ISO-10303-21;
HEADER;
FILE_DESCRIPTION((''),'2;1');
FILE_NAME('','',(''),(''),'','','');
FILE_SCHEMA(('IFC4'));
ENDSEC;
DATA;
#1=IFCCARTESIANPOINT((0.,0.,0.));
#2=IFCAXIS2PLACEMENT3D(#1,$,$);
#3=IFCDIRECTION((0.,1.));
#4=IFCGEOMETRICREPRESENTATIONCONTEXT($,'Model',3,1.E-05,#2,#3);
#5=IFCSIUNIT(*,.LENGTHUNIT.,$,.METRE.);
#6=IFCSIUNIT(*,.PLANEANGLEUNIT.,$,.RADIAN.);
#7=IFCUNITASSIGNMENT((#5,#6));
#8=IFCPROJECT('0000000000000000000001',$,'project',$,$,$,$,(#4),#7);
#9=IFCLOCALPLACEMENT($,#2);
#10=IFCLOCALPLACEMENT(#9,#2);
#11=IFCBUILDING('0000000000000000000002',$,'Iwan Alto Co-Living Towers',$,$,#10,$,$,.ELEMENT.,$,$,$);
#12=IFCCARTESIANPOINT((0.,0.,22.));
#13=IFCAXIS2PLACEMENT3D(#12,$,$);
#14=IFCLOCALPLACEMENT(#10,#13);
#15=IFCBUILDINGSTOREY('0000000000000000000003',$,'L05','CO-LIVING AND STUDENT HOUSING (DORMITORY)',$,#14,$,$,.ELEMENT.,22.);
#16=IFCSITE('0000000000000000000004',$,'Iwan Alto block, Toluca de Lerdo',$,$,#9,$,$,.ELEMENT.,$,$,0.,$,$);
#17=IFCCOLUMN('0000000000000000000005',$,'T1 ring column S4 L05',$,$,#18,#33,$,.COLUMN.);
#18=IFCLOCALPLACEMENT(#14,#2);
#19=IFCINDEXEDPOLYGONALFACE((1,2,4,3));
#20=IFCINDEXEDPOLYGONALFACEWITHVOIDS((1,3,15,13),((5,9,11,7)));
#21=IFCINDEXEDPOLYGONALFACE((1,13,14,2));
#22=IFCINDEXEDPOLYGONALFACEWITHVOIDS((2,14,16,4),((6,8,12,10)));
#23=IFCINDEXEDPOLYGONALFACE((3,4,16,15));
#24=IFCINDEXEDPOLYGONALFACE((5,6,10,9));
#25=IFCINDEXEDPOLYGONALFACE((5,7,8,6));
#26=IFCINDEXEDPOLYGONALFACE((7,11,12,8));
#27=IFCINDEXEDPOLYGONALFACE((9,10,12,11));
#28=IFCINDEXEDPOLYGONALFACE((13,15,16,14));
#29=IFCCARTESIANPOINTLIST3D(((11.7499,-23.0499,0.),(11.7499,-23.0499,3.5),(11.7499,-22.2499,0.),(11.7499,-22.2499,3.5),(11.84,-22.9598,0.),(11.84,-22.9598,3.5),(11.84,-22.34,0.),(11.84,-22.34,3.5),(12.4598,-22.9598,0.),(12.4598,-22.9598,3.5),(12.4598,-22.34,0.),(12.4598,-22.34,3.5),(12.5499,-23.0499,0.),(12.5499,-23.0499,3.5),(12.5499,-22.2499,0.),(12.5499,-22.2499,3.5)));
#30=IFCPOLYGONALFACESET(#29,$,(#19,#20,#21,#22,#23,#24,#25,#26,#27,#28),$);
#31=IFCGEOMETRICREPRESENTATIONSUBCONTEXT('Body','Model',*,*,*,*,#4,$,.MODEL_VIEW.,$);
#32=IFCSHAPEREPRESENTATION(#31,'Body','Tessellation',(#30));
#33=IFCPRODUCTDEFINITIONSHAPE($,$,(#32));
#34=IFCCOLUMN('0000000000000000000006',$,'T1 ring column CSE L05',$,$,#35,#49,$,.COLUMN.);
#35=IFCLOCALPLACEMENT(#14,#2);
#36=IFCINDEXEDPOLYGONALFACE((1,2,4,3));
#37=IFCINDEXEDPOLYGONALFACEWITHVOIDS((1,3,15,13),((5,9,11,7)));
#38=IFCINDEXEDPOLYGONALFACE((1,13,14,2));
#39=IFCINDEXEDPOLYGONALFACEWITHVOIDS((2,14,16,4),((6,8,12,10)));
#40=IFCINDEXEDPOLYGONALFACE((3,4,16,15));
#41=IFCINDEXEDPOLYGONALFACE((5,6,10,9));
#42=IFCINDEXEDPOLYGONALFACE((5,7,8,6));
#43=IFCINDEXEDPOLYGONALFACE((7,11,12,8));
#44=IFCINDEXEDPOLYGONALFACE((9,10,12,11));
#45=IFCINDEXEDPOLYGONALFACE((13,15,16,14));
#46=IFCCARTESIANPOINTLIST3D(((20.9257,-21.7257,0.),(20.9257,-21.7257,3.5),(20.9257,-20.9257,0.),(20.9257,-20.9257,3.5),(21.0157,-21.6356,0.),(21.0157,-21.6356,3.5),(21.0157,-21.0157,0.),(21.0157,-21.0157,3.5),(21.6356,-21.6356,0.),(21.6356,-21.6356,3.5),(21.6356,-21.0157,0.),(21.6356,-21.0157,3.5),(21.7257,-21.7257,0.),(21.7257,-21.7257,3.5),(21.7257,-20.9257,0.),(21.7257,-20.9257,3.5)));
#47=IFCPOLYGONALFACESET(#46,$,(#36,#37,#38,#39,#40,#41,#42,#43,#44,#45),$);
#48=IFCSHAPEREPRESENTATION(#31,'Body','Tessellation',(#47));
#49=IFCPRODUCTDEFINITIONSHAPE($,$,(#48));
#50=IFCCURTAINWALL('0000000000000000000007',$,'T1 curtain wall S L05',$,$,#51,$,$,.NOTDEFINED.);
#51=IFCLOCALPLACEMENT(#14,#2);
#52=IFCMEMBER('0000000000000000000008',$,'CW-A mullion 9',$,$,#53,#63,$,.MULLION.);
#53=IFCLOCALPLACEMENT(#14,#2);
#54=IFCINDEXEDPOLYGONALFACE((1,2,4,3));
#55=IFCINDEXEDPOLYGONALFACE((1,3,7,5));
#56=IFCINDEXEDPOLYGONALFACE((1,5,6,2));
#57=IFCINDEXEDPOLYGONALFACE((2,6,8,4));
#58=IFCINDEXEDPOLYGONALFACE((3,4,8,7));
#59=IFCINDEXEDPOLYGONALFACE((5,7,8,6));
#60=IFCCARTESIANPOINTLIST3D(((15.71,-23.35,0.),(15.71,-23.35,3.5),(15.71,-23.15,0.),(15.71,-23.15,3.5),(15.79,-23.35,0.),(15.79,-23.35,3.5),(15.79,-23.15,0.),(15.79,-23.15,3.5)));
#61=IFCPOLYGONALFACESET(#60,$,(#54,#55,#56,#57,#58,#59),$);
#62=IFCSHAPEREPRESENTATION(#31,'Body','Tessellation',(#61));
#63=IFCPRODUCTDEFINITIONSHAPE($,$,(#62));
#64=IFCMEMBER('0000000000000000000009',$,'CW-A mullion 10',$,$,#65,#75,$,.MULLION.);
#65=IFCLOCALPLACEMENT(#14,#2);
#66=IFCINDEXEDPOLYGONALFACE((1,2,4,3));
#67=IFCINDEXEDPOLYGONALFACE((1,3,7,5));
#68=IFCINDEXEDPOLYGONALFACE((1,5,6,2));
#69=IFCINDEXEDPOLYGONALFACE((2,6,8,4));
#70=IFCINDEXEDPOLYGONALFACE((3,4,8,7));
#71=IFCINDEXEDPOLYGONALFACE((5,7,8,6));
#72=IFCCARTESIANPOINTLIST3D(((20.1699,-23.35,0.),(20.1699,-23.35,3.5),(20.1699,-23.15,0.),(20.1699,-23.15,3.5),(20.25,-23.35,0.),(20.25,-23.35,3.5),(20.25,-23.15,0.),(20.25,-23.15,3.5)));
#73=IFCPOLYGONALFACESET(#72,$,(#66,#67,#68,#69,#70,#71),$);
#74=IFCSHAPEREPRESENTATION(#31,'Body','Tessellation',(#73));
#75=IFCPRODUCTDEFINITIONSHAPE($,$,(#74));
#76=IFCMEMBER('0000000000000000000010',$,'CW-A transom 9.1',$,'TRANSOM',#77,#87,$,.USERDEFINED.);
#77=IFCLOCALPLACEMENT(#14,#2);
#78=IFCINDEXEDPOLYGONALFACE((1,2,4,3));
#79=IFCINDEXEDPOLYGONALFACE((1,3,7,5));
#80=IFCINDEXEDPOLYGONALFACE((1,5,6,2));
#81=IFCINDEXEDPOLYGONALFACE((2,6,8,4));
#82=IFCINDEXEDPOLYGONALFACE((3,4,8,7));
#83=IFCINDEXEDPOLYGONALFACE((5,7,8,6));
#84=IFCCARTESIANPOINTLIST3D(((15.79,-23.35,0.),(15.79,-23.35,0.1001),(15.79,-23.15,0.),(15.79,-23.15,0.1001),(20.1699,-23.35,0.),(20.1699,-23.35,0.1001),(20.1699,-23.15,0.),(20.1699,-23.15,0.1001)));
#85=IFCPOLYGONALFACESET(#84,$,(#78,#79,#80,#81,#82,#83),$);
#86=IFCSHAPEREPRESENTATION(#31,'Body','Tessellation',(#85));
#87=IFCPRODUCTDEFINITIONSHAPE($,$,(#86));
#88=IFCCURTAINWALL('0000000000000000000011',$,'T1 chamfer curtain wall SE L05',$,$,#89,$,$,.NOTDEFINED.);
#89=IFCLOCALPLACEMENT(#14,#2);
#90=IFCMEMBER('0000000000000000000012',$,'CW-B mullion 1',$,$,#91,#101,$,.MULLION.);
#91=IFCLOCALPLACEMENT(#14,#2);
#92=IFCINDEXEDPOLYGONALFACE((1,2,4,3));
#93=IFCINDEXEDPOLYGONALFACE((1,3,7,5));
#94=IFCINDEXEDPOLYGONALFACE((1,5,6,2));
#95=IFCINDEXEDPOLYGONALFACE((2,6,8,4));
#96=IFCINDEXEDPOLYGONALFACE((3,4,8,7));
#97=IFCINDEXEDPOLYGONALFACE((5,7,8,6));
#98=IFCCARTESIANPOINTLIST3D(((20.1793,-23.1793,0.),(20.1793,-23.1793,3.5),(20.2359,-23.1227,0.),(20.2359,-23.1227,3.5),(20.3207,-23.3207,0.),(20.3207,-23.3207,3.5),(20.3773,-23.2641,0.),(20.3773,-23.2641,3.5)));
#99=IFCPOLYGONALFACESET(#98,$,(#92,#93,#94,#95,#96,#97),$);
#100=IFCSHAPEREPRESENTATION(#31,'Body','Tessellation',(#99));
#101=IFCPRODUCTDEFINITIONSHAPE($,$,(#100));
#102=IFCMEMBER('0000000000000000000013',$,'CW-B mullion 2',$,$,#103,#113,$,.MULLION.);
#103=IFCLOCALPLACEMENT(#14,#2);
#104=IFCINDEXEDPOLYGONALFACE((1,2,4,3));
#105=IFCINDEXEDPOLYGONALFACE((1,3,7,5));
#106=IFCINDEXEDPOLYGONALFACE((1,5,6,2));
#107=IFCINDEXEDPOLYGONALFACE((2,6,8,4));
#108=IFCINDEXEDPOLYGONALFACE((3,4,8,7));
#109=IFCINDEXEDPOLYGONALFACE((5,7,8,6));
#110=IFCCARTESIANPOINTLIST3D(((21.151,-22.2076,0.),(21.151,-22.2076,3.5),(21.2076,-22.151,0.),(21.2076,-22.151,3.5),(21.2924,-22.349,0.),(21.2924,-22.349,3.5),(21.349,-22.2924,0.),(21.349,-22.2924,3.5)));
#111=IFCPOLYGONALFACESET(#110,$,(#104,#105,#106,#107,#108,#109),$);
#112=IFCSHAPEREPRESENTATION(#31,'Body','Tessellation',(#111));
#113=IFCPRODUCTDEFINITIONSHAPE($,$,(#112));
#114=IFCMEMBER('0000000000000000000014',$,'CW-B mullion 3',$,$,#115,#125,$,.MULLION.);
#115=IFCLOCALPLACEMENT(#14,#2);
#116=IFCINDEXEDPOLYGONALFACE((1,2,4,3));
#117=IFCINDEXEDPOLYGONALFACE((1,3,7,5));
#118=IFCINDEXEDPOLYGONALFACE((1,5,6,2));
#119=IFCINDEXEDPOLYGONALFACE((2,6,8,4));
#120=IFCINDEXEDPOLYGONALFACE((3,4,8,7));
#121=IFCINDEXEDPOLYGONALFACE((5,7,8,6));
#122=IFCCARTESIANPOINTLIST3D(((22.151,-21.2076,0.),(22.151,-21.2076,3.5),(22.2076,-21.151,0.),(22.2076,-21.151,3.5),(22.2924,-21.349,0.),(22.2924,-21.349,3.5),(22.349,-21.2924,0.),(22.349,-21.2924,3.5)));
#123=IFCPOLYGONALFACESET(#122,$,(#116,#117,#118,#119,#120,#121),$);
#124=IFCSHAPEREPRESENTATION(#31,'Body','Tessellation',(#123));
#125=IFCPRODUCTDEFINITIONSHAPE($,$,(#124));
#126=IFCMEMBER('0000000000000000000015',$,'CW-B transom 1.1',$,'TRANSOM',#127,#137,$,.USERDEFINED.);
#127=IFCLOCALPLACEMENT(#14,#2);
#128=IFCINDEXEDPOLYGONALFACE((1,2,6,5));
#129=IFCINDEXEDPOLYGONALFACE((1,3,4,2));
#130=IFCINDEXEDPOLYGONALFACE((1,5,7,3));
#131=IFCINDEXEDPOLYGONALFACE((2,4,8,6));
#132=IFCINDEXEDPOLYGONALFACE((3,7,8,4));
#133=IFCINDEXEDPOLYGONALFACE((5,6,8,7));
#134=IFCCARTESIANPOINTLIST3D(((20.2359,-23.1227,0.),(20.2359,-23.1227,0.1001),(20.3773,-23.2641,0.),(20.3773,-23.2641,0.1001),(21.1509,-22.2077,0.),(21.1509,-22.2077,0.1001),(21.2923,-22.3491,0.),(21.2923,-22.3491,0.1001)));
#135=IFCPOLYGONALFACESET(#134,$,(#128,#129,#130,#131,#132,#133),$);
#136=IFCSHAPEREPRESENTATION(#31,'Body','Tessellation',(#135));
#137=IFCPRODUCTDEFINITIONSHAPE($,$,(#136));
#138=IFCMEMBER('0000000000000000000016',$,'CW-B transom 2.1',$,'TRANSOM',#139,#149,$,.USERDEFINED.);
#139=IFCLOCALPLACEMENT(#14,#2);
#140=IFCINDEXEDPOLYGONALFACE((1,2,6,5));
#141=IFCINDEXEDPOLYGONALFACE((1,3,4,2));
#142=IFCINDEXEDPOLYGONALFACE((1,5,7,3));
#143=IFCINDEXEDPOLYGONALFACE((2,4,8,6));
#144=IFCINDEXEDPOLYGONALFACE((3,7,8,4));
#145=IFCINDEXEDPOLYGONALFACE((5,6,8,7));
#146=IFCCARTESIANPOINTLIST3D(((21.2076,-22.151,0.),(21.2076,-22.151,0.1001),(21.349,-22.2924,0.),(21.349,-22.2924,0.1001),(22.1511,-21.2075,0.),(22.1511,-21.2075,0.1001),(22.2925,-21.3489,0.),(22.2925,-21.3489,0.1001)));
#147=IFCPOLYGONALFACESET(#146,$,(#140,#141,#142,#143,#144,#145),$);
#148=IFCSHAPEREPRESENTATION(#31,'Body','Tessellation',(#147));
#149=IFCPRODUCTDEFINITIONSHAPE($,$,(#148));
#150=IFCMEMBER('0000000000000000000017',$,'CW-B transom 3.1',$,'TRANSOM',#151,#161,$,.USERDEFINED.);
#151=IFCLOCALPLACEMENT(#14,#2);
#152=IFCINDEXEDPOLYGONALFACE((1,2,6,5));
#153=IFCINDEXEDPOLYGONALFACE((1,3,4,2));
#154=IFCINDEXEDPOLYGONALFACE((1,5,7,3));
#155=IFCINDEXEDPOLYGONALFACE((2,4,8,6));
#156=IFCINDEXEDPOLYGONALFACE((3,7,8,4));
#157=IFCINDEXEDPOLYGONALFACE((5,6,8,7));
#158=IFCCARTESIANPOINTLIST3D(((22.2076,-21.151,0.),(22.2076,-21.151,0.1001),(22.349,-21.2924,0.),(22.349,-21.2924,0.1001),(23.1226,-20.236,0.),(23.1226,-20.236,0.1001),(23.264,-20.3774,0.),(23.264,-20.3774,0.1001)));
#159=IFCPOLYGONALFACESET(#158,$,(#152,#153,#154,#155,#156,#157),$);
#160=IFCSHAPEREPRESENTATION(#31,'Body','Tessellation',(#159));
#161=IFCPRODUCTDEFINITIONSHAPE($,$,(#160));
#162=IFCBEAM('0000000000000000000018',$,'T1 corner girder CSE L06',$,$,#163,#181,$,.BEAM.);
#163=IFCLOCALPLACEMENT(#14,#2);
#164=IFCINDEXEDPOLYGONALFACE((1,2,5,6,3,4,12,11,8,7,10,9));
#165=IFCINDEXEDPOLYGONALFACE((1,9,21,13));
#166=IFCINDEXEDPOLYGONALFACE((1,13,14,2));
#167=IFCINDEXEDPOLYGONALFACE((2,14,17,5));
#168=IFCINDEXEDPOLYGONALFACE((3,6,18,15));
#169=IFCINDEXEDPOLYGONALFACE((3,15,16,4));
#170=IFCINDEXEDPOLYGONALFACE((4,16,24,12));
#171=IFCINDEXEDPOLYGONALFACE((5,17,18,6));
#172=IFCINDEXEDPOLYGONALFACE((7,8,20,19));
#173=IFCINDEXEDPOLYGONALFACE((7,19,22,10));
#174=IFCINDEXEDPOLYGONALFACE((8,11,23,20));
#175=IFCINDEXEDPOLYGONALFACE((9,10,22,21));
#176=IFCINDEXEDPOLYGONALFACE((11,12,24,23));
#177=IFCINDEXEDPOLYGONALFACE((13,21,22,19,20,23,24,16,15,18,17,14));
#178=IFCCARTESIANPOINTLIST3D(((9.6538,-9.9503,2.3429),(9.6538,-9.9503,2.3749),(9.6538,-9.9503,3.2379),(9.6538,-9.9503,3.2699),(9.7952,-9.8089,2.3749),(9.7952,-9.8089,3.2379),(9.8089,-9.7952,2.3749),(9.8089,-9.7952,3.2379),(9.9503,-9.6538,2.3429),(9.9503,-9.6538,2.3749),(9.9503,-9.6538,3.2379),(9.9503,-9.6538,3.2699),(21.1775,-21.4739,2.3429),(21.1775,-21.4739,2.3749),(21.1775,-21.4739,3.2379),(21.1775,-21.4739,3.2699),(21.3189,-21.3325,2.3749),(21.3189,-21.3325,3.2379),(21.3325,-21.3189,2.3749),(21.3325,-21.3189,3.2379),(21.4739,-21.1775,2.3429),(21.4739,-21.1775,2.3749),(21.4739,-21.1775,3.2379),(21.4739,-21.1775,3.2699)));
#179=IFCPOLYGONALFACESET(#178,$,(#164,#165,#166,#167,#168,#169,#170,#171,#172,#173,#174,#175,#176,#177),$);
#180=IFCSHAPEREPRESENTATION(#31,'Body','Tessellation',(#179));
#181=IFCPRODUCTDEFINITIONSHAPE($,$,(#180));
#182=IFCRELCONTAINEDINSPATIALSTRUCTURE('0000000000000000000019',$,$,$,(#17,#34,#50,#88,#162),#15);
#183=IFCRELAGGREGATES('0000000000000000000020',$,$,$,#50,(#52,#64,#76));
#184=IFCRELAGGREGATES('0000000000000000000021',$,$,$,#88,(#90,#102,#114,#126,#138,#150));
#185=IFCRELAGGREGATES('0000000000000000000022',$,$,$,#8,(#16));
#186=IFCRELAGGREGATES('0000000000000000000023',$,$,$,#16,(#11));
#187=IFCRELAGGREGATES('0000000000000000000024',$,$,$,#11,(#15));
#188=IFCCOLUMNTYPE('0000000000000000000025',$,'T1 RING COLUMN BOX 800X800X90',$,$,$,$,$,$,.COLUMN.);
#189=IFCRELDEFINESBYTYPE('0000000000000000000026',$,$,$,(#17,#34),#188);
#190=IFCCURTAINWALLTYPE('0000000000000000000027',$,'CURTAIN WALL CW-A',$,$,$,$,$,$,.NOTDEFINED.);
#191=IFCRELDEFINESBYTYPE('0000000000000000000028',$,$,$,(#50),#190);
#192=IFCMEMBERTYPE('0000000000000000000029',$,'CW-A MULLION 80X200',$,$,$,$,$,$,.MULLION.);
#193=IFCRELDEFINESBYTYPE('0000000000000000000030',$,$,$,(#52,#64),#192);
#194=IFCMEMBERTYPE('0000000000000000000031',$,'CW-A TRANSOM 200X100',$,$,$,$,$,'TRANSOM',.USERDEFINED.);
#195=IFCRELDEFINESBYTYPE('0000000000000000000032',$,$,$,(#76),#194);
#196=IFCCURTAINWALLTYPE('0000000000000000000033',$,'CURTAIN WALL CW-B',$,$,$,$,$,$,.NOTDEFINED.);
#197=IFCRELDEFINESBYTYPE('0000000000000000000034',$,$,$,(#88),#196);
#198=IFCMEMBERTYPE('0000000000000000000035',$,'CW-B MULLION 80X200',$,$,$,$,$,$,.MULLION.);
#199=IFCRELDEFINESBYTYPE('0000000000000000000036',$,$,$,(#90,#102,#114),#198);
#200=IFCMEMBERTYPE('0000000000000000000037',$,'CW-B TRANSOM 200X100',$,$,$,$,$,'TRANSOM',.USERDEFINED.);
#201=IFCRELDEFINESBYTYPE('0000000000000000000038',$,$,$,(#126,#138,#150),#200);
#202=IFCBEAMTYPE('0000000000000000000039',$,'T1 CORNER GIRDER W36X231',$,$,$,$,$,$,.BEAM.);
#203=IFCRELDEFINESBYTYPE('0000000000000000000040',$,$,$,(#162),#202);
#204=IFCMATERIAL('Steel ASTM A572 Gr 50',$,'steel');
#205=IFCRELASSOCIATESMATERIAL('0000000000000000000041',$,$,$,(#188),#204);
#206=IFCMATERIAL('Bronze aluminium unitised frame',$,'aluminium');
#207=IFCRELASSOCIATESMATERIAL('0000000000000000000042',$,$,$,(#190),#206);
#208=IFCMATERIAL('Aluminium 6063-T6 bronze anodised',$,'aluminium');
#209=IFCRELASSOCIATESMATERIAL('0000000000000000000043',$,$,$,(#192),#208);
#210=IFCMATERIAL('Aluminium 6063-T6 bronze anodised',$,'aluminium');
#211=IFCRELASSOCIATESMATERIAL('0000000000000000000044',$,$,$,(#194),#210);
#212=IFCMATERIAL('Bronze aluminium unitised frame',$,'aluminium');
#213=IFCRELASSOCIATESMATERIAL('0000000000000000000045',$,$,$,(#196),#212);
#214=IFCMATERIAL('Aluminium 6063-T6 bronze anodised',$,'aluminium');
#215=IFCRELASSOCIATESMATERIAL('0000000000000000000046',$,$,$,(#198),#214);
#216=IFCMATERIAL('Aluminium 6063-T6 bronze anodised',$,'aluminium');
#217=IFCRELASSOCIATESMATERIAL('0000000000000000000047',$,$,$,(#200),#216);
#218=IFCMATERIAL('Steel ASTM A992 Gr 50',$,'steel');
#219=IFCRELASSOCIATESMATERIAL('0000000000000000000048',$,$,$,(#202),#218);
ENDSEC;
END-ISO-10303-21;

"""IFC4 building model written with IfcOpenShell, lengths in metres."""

from ifc_helpers import new_model, si_unit, direction, frame, origin, origin_2d, place, context, subcontext, project, spatial, rectangle, hollow_rectangle, i_section, extrude, material, material_profile, profile_set, type_object, element, aggregate, save


model = new_model("IFC4")

# Units and contexts
model_context = context("Model", 3, precision=1e-05, world=origin(), true_north=direction((0.0, 1.0)))
body_context = subcontext(model_context, "Body", "Model", "MODEL_VIEW")
ifc_project = project(units=[si_unit("LENGTHUNIT", "METRE"), si_unit("PLANEANGLEUNIT", "RADIAN")], contexts=[model_context])

# Site, building, storey
site_placement = place(None, origin())
site = spatial("IfcSite", under=ifc_project, at=site_placement, Name="Iwan Alto block, Toluca de Lerdo", CompositionType="ELEMENT", RefElevation=0.0)
building_placement = place(site_placement, origin())
building = spatial("IfcBuilding", under=site, at=building_placement, Name="Iwan Alto Co-Living Towers", CompositionType="ELEMENT")
storey_placement = place(building_placement, frame((0.0, 0.0, 22.0)))
storey = spatial("IfcBuildingStorey", under=building, at=storey_placement, Name="L05", Description="CO-LIVING AND STUDENT HOUSING (DORMITORY)", CompositionType="ELEMENT", Elevation=22.0)

# Columns
ifc_material_1 = material(Name="Steel ASTM A572 Gr 50", Category="steel")
ifc_material_profile_1 = material_profile(ifc_material_1, hollow_rectangle(XDim=0.8, YDim=0.8, WallThickness=0.0901, at=origin_2d()), Name="BOX 800X800X90")
ifc_profile_set_1 = profile_set([ifc_material_profile_1], Name="Steel ASTM A572 Gr 50")
column_type = type_object("IfcColumnType", Name="T1 RING COLUMN BOX 800X800X90", PredefinedType="COLUMN", material=ifc_profile_set_1)
for number, where, z_axis, x_axis, name in (
    (1, (12.1499, -22.6499, 0.0), (0.0, 0.0, 1.0), (1.0, 0.0, 0.0), "T1 ring column S4 L05"),
    (2, (21.3257, -21.3257, 0.0), (0.0, 0.0, 1.0), (1.0, 0.0, 0.0), "T1 ring column CSE L05"),
):
    element("IfcColumn", number, at=place(storey_placement, frame(where, z_axis=z_axis, x_axis=x_axis)), inside=storey, type_object=column_type, Name=name, PredefinedType="COLUMN", context=body_context, shape_type="SweptSolid", body=[
        extrude(hollow_rectangle(XDim=0.8, YDim=0.8, WallThickness=0.0901, at=origin_2d()), origin(), (0.0, 0.0, 1.0), 3.5),
    ])

# Curtain walls, members
ifc_material_2 = material(Name="Bronze aluminium unitised frame", Category="aluminium")
curtain_wall_type_1 = type_object("IfcCurtainWallType", Name="CURTAIN WALL CW-A", PredefinedType="NOTDEFINED", material=ifc_material_2)
curtain_wall_1_placement = place(storey_placement, origin())
curtain_wall_1 = element("IfcCurtainWall", 3, at=curtain_wall_1_placement, inside=storey, type_object=curtain_wall_type_1, Name="T1 curtain wall S L05", PredefinedType="NOTDEFINED")
ifc_material_3 = material(Name="Aluminium 6063-T6 bronze anodised", Category="aluminium")
ifc_material_profile_2 = material_profile(ifc_material_3, rectangle(XDim=0.2, YDim=0.0801, at=origin_2d()), Name="AL 80X200")
ifc_profile_set_2 = profile_set([ifc_material_profile_2], Name="Aluminium 6063-T6 bronze anodised")
member_type_1 = type_object("IfcMemberType", Name="CW-A MULLION 80X200", PredefinedType="MULLION", material=ifc_profile_set_2)
member_1_placement = place(storey_placement, frame((15.75, -23.25, 0.0), z_axis=(0.0, 0.0, 1.0), x_axis=(0.0, 1.0, 0.0)))
member_1 = element("IfcMember", 4, at=member_1_placement, type_object=member_type_1, Name="CW-A mullion 9", PredefinedType="MULLION", context=body_context, shape_type="SweptSolid", body=[
    extrude(rectangle(XDim=0.2, YDim=0.0801, at=origin_2d()), origin(), (0.0, 0.0, 1.0), 3.5),
])
member_2_placement = place(storey_placement, frame((20.21, -23.25, 0.0), z_axis=(0.0, 0.0, 1.0), x_axis=(0.0, 1.0, 0.0)))
member_2 = element("IfcMember", 5, at=member_2_placement, type_object=member_type_1, Name="CW-A mullion 10", PredefinedType="MULLION", context=body_context, shape_type="SweptSolid", body=[
    extrude(rectangle(XDim=0.2, YDim=0.0801, at=origin_2d()), origin(), (0.0, 0.0, 1.0), 3.5),
])
ifc_material_4 = material(Name="Aluminium 6063-T6 bronze anodised", Category="aluminium")
ifc_material_profile_3 = material_profile(ifc_material_4, rectangle(XDim=0.2, YDim=0.1001, at=origin_2d()), Name="AL 200X100")
ifc_profile_set_3 = profile_set([ifc_material_profile_3], Name="Aluminium 6063-T6 bronze anodised")
member_type_2 = type_object("IfcMemberType", Name="CW-A TRANSOM 200X100", ElementType="TRANSOM", PredefinedType="USERDEFINED", material=ifc_profile_set_3)
member_3_placement = place(storey_placement, frame((15.79, -23.25, 0.05), z_axis=(1.0, 0.0, 0.0), x_axis=(0.0, 1.0, 0.0)))
member_3 = element("IfcMember", 6, at=member_3_placement, type_object=member_type_2, Name="CW-A transom 9.1", ObjectType="TRANSOM", PredefinedType="USERDEFINED", context=body_context, shape_type="SweptSolid", body=[
    extrude(rectangle(XDim=0.2, YDim=0.1001, at=origin_2d()), origin(), (0.0, 0.0, 1.0), 4.3799),
])
ifc_material_5 = material(Name="Bronze aluminium unitised frame", Category="aluminium")
curtain_wall_type_2 = type_object("IfcCurtainWallType", Name="CURTAIN WALL CW-B", PredefinedType="NOTDEFINED", material=ifc_material_5)
curtain_wall_2_placement = place(storey_placement, origin())
curtain_wall_2 = element("IfcCurtainWall", 7, at=curtain_wall_2_placement, inside=storey, type_object=curtain_wall_type_2, Name="T1 chamfer curtain wall SE L05", PredefinedType="NOTDEFINED")
ifc_material_6 = material(Name="Aluminium 6063-T6 bronze anodised", Category="aluminium")
ifc_material_profile_4 = material_profile(ifc_material_6, rectangle(XDim=0.2, YDim=0.0801, at=origin_2d()), Name="AL 80X200")
ifc_profile_set_4 = profile_set([ifc_material_profile_4], Name="Aluminium 6063-T6 bronze anodised")
member_type_3 = type_object("IfcMemberType", Name="CW-B MULLION 80X200", PredefinedType="MULLION", material=ifc_profile_set_4)
member_4_placement = place(storey_placement, frame((20.2783, -23.2217, 0.0), z_axis=(0.0, 0.0, 1.0), x_axis=(-0.707107, 0.707107, 0.0)))
member_4 = element("IfcMember", 8, at=member_4_placement, type_object=member_type_3, Name="CW-B mullion 1", PredefinedType="MULLION", context=body_context, shape_type="SweptSolid", body=[
    extrude(rectangle(XDim=0.2, YDim=0.0801, at=origin_2d()), origin(), (0.0, 0.0, 1.0), 3.5),
])
member_5_placement = place(storey_placement, frame((21.25, -22.25, 0.0), z_axis=(0.0, 0.0, 1.0), x_axis=(-0.707107, 0.707107, 0.0)))
member_5 = element("IfcMember", 9, at=member_5_placement, type_object=member_type_3, Name="CW-B mullion 2", PredefinedType="MULLION", context=body_context, shape_type="SweptSolid", body=[
    extrude(rectangle(XDim=0.2, YDim=0.0801, at=origin_2d()), origin(), (0.0, 0.0, 1.0), 3.5),
])
member_6_placement = place(storey_placement, frame((22.25, -21.25, 0.0), z_axis=(0.0, 0.0, 1.0), x_axis=(-0.707107, 0.707107, 0.0)))
member_6 = element("IfcMember", 10, at=member_6_placement, type_object=member_type_3, Name="CW-B mullion 3", PredefinedType="MULLION", context=body_context, shape_type="SweptSolid", body=[
    extrude(rectangle(XDim=0.2, YDim=0.0801, at=origin_2d()), origin(), (0.0, 0.0, 1.0), 3.5),
])
ifc_material_7 = material(Name="Aluminium 6063-T6 bronze anodised", Category="aluminium")
ifc_material_profile_5 = material_profile(ifc_material_7, rectangle(XDim=0.2, YDim=0.1001, at=origin_2d()), Name="AL 200X100")
ifc_profile_set_5 = profile_set([ifc_material_profile_5], Name="Aluminium 6063-T6 bronze anodised")
member_type_4 = type_object("IfcMemberType", Name="CW-B TRANSOM 200X100", ElementType="TRANSOM", PredefinedType="USERDEFINED", material=ifc_profile_set_5)
member_7_placement = place(storey_placement, frame((20.3066, -23.1934, 0.05), z_axis=(0.707107, 0.707107, 0.0), x_axis=(-0.707107, 0.707107, 0.0)))
member_7 = element("IfcMember", 11, at=member_7_placement, type_object=member_type_4, Name="CW-B transom 1.1", ObjectType="TRANSOM", PredefinedType="USERDEFINED", context=body_context, shape_type="SweptSolid", body=[
    extrude(rectangle(XDim=0.2, YDim=0.1001, at=origin_2d()), origin(), (0.0, 0.0, 1.0), 1.2939),
])
member_8_placement = place(storey_placement, frame((21.2783, -22.2217, 0.05), z_axis=(0.707107, 0.707107, 0.0), x_axis=(-0.707107, 0.707107, 0.0)))
member_8 = element("IfcMember", 12, at=member_8_placement, type_object=member_type_4, Name="CW-B transom 2.1", ObjectType="TRANSOM", PredefinedType="USERDEFINED", context=body_context, shape_type="SweptSolid", body=[
    extrude(rectangle(XDim=0.2, YDim=0.1001, at=origin_2d()), origin(), (0.0, 0.0, 1.0), 1.3342),
])
member_9_placement = place(storey_placement, frame((22.2783, -21.2217, 0.05), z_axis=(0.707107, 0.707107, 0.0), x_axis=(-0.707107, 0.707107, 0.0)))
member_9 = element("IfcMember", 13, at=member_9_placement, type_object=member_type_4, Name="CW-B transom 3.1", ObjectType="TRANSOM", PredefinedType="USERDEFINED", context=body_context, shape_type="SweptSolid", body=[
    extrude(rectangle(XDim=0.2, YDim=0.1001, at=origin_2d()), origin(), (0.0, 0.0, 1.0), 1.2939),
])

# Beam
ifc_material_8 = material(Name="Steel ASTM A992 Gr 50", Category="steel")
ifc_material_profile_6 = material_profile(ifc_material_8, i_section(OverallWidth=0.4192, OverallDepth=0.927, WebThickness=0.0193, FlangeThickness=0.032, at=origin_2d()), Name="W36X231")
ifc_profile_set_6 = profile_set([ifc_material_profile_6], Name="Steel ASTM A992 Gr 50")
beam_type_1 = type_object("IfcBeamType", Name="T1 CORNER GIRDER W36X231", PredefinedType="BEAM", material=ifc_profile_set_6)
beam_1_placement = place(storey_placement, frame((21.3257, -21.3257, 2.8064), z_axis=(-0.707107, 0.707107, 0.0), x_axis=(-0.707107, -0.707107, 0.0)))
element("IfcBeam", 14, at=beam_1_placement, inside=storey, type_object=beam_type_1, Name="T1 corner girder CSE L06", PredefinedType="BEAM", context=body_context, shape_type="SweptSolid", body=[
    extrude(i_section(OverallWidth=0.4192, OverallDepth=0.927, WebThickness=0.0193, FlangeThickness=0.032, at=origin_2d()), origin(), (0.0, 0.0, 1.0), 16.2969),
])

aggregate(curtain_wall_1, [member_1, member_2, member_3])
aggregate(curtain_wall_2, [member_4, member_5, member_6, member_7, member_8, member_9])

save(model, "model.ifc")
